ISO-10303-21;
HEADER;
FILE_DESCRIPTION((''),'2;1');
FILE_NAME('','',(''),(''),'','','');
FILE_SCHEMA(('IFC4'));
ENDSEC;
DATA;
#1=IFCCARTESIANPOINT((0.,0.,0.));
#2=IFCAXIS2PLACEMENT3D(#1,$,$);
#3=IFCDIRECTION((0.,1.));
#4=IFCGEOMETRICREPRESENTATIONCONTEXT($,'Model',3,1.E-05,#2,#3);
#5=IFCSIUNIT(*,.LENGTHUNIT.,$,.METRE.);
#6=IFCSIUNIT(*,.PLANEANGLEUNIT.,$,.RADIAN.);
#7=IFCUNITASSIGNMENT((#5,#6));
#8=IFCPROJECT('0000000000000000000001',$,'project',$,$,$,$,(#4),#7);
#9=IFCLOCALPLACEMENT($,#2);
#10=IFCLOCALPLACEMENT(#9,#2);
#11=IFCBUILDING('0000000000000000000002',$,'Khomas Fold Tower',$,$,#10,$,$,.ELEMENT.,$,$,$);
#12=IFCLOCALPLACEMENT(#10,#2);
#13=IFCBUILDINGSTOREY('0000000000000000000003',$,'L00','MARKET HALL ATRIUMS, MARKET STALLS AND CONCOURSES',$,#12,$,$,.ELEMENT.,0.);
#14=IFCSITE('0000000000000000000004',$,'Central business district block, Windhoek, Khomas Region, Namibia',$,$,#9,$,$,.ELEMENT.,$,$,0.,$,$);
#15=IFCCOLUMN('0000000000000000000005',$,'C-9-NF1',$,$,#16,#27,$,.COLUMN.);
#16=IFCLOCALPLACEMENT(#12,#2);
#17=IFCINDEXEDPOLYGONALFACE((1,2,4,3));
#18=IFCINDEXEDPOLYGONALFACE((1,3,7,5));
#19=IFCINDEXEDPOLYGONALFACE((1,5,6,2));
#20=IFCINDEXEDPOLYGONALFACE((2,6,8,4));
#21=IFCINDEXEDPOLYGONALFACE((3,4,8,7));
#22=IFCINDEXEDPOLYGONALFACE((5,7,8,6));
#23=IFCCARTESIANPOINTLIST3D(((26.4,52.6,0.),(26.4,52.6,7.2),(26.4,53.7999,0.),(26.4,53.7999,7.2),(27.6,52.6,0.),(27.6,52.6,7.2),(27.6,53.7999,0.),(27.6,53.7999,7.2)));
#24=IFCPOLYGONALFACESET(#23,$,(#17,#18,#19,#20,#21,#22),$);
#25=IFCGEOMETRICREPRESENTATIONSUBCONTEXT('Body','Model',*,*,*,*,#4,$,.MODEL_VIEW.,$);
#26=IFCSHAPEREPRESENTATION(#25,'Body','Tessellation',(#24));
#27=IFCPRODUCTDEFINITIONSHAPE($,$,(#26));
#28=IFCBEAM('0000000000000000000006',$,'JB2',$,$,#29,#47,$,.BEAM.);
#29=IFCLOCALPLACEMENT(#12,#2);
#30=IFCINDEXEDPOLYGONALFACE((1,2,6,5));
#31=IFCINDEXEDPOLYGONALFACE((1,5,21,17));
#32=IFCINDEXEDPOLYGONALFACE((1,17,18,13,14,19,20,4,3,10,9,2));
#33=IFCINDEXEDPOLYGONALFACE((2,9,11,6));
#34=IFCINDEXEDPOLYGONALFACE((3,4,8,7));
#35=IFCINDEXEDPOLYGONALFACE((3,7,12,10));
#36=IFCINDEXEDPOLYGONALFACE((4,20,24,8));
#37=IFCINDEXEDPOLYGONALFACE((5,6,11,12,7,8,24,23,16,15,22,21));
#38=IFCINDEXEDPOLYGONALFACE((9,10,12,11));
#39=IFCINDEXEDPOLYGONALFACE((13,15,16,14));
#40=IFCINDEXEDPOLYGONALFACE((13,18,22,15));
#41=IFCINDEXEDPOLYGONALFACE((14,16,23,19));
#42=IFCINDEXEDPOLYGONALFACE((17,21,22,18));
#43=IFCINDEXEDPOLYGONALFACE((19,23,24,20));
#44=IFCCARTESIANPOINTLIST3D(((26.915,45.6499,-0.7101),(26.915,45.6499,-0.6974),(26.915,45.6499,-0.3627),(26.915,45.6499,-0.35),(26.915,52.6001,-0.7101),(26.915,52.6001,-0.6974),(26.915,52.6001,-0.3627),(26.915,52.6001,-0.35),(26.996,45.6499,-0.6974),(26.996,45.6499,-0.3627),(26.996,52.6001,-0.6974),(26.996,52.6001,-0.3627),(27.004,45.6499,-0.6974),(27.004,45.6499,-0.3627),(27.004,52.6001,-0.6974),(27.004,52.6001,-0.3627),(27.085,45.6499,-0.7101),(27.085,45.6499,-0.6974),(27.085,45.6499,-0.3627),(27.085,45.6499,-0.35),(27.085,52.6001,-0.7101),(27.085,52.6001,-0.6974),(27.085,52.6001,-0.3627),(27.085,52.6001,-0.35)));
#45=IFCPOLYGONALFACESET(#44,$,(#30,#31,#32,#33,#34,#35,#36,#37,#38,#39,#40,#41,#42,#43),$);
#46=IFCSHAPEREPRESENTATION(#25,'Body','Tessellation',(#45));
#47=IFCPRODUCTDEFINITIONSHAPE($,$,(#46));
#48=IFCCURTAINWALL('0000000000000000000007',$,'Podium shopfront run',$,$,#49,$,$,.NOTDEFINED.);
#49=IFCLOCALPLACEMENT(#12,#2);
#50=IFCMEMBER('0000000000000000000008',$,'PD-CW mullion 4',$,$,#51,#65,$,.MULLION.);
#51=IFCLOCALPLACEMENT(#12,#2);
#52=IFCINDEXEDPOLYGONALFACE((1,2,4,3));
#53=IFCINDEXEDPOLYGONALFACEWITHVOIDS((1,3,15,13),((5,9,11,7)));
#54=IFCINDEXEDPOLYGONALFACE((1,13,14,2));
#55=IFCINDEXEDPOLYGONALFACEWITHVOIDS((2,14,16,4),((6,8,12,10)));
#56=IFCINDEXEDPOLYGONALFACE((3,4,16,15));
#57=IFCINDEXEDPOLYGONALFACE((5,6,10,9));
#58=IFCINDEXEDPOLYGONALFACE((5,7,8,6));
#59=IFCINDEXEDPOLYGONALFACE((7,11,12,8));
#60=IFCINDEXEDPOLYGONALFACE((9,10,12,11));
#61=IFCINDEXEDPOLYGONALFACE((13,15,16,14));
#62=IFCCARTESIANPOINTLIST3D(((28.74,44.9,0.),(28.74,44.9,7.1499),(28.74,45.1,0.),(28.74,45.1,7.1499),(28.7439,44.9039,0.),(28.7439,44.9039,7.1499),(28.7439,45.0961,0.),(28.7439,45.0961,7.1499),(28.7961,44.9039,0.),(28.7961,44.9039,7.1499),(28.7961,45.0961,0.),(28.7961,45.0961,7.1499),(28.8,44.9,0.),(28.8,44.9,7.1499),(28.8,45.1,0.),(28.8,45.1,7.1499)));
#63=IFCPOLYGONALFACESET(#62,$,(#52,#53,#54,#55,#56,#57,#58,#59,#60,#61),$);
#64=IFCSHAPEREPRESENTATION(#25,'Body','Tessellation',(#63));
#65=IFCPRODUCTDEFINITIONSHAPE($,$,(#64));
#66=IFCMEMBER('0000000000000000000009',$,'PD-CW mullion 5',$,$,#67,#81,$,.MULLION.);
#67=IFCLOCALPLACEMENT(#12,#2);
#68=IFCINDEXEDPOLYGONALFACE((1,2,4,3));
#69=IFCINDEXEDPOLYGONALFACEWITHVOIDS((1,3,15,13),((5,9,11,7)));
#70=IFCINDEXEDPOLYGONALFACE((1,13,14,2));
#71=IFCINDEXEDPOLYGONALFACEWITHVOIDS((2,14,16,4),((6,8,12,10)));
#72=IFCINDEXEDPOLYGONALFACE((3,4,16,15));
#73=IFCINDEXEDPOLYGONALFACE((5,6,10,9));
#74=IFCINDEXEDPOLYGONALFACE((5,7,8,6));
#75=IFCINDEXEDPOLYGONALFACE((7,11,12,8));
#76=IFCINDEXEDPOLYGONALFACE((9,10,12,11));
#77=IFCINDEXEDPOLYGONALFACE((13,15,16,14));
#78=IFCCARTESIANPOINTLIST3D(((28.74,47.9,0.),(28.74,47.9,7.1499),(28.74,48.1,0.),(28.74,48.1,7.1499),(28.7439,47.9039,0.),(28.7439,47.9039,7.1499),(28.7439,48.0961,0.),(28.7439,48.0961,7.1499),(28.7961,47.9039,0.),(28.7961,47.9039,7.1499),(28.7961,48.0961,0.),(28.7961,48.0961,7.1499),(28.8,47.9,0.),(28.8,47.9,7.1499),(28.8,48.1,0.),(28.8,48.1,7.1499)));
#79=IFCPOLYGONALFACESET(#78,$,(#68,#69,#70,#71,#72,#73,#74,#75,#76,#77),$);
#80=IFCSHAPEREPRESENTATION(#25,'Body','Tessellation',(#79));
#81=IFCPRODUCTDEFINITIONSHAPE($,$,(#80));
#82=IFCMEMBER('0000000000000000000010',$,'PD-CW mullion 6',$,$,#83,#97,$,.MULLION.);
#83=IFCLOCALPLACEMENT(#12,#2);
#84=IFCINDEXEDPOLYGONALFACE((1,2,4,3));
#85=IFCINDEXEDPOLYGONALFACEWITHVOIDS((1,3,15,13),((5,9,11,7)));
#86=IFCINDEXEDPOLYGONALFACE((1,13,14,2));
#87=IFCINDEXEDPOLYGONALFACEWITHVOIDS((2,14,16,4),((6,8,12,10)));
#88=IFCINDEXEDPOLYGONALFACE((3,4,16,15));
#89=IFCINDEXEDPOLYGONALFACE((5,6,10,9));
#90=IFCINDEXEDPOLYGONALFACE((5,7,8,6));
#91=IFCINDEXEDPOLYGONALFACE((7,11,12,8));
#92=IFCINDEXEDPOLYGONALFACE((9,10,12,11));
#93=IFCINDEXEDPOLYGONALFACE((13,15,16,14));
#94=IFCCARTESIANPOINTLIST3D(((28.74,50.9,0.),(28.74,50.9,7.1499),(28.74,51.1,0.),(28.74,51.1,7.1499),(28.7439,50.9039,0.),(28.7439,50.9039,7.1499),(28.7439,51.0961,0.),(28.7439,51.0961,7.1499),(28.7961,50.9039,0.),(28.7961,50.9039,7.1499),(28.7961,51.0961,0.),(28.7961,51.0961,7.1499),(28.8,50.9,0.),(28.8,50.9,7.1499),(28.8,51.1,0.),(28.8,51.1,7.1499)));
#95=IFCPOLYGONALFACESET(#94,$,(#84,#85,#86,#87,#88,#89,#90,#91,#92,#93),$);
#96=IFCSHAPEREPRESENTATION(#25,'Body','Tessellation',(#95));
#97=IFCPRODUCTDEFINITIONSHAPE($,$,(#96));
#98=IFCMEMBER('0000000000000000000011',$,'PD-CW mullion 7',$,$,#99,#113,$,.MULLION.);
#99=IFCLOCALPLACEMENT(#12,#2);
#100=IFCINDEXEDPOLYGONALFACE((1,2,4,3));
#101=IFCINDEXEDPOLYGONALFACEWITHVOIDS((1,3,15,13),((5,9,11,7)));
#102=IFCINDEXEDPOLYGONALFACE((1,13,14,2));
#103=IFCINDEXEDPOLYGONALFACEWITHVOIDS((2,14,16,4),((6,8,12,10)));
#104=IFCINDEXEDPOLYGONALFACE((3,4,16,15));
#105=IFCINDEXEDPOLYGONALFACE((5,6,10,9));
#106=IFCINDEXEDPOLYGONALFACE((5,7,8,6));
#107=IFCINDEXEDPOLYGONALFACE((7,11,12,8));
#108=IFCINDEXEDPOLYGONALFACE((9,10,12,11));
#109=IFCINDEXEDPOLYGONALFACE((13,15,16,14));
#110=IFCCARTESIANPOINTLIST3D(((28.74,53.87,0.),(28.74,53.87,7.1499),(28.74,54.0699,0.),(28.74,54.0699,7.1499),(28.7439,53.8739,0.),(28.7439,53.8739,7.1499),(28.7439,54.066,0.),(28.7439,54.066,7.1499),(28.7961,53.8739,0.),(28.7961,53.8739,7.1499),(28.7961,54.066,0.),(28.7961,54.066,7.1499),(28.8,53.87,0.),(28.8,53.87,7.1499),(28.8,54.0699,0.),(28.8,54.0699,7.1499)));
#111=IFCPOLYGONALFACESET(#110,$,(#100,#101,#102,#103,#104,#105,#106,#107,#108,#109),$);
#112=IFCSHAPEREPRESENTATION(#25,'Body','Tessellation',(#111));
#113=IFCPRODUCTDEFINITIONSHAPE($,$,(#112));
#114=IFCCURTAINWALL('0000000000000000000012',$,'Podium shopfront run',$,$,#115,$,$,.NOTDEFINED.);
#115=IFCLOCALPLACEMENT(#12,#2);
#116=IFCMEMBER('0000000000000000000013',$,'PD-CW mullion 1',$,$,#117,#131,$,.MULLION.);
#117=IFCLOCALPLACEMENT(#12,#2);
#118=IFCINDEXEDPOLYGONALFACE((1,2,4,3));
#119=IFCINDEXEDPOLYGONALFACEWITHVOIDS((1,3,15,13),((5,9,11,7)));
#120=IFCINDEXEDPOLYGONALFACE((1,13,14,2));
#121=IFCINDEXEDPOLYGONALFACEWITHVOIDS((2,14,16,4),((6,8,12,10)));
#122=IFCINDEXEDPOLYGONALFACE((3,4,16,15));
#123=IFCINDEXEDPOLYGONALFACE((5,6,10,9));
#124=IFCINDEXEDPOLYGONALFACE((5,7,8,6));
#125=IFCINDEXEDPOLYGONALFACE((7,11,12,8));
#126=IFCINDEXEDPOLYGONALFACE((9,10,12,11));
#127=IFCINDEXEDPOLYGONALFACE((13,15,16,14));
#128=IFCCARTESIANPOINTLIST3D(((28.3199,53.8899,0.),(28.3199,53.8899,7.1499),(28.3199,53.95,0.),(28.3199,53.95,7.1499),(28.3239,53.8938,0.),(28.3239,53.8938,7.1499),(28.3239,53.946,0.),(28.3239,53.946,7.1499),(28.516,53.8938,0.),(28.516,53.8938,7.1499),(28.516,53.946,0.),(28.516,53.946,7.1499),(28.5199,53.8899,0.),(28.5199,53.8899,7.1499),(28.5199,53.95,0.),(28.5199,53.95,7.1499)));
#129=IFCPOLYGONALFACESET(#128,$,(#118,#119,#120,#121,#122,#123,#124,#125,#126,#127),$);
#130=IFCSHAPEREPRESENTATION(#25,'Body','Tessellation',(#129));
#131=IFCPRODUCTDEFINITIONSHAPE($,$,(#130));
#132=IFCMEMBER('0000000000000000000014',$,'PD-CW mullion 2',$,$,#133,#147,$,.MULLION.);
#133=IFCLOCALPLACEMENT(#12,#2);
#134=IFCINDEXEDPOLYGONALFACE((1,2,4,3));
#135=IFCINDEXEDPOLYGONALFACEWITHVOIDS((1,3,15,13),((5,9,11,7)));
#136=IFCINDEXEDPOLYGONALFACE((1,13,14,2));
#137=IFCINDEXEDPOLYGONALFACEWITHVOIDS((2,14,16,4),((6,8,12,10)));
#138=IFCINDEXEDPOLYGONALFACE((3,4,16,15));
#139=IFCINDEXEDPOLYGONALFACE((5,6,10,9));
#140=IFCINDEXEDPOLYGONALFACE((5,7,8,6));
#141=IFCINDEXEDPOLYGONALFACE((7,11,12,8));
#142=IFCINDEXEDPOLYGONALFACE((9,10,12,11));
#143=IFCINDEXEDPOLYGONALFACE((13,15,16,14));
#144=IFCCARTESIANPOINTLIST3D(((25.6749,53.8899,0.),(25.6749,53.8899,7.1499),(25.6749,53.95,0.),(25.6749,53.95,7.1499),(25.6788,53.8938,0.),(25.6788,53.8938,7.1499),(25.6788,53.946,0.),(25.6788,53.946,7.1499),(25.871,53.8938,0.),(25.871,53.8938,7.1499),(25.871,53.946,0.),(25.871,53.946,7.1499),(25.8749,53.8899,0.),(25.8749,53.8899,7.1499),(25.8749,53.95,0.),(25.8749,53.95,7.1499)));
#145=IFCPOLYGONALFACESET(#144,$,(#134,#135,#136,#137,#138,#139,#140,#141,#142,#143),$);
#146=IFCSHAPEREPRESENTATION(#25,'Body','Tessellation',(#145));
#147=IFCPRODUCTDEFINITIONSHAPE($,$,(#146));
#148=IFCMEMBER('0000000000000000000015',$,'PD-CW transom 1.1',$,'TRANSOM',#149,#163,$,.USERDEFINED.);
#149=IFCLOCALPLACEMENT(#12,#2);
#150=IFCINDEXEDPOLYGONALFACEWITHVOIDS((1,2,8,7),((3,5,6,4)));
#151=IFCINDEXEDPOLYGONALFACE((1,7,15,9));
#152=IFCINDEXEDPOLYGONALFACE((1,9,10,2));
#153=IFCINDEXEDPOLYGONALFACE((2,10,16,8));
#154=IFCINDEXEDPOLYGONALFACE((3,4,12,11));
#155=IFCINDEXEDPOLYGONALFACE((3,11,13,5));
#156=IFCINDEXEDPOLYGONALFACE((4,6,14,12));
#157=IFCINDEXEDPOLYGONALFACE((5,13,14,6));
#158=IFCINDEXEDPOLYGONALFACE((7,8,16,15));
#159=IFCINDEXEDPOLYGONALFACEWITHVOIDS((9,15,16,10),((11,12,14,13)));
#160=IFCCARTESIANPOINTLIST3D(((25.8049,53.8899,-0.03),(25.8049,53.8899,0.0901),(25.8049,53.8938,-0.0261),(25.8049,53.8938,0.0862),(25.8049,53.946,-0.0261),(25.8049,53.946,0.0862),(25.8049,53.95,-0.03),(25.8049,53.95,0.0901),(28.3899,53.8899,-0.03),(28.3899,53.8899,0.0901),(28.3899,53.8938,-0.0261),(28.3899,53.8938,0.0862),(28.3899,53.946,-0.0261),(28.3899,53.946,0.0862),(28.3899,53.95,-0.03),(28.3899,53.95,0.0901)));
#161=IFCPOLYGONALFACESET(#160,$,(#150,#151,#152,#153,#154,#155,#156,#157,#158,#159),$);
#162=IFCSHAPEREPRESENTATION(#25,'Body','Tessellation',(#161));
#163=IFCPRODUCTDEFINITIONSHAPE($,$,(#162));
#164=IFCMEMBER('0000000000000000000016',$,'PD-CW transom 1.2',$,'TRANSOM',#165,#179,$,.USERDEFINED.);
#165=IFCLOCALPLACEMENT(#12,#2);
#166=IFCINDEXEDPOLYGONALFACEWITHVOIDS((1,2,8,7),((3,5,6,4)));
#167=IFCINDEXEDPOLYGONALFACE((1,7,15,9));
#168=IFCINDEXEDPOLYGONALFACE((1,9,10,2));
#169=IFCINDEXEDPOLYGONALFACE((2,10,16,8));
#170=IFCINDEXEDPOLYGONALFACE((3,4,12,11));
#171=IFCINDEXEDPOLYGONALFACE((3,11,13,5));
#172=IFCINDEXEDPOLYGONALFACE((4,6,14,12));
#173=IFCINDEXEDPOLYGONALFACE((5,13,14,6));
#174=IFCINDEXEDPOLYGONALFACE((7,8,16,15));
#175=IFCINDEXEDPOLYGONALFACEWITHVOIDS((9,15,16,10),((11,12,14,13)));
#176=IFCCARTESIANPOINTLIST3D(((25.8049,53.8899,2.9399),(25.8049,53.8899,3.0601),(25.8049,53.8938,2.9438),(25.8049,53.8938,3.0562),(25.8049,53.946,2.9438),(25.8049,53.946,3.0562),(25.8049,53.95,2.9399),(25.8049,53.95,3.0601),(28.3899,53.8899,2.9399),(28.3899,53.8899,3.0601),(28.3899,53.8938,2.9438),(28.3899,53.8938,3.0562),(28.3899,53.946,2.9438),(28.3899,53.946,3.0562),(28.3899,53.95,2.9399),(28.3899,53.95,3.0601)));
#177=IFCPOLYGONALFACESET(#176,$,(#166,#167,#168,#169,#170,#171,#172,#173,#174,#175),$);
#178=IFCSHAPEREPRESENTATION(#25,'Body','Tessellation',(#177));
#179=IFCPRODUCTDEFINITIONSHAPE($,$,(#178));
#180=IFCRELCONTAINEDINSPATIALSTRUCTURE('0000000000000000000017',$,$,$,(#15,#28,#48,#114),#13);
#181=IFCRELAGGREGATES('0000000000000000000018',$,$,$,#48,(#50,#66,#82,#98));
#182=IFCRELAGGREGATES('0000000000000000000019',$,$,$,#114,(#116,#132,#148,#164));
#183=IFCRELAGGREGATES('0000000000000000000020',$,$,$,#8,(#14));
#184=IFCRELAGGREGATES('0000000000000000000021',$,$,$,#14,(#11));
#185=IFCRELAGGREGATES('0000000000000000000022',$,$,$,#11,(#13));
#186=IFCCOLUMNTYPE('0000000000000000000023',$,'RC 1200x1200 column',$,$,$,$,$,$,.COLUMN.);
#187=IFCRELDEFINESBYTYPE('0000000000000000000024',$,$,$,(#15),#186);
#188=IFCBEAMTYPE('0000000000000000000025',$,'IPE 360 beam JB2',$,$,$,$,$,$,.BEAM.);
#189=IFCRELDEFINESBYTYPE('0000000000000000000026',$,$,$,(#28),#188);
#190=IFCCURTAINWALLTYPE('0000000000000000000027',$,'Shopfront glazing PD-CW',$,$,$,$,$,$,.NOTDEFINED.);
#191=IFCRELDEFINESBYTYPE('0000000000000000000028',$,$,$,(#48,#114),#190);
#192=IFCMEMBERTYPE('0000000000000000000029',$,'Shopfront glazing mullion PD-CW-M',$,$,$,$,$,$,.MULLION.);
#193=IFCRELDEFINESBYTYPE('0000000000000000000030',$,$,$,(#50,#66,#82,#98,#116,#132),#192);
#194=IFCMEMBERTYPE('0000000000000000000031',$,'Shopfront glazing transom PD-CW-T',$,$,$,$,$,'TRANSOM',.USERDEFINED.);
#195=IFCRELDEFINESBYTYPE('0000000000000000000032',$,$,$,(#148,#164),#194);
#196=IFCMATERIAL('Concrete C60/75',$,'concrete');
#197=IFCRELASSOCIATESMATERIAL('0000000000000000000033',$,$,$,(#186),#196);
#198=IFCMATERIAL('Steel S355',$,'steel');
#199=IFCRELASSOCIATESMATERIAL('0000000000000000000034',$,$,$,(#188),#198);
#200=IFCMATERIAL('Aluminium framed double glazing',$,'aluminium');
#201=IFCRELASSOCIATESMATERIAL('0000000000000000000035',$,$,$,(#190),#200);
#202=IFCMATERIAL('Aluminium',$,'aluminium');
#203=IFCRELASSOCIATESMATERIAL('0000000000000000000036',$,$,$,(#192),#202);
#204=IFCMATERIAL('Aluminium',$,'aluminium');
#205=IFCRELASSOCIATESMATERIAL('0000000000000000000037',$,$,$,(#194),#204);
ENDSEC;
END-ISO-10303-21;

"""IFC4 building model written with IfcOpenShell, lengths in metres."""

from ifc_helpers import new_model, si_unit, direction, frame, origin, origin_2d, place, context, subcontext, project, spatial, rectangle, hollow_rectangle, i_section, extrude, source, transform, mapped, material, material_profile, profile_set, type_object, element, aggregate, save


model = new_model("IFC4")

# Units and contexts
model_context = context("Model", 3, precision=1e-05, world=origin(), true_north=direction((0.0, 1.0)))
body_context = subcontext(model_context, "Body", "Model", "MODEL_VIEW")
ifc_project = project(units=[si_unit("LENGTHUNIT", "METRE"), si_unit("PLANEANGLEUNIT", "RADIAN")], contexts=[model_context])

# Site, building, storey
site_placement = place(None, origin())
site = spatial("IfcSite", under=ifc_project, at=site_placement, Name="Central business district block, Windhoek, Khomas Region, Namibia", CompositionType="ELEMENT", RefElevation=0.0)
building_placement = place(site_placement, origin())
building = spatial("IfcBuilding", under=site, at=building_placement, Name="Khomas Fold Tower", CompositionType="ELEMENT")
storey_placement = place(building_placement, origin())
storey = spatial("IfcBuildingStorey", under=building, at=storey_placement, Name="L00", Description="MARKET HALL ATRIUMS, MARKET STALLS AND CONCOURSES", CompositionType="ELEMENT", Elevation=0.0)

# Column
ifc_material_1 = material(Name="Concrete C60/75", Category="concrete")
ifc_material_profile_1 = material_profile(ifc_material_1, rectangle(XDim=1.2, YDim=1.2, at=origin_2d()), Name="RC 1200x1200")
ifc_profile_set_1 = profile_set([ifc_material_profile_1], Name="Concrete C60/75")
column_type = type_object("IfcColumnType", Name="RC 1200x1200 column", PredefinedType="COLUMN", material=ifc_profile_set_1)
shared_shape_1 = source(origin(), body_context, "Body", "SweptSolid", [
    extrude(rectangle(XDim=1.2, YDim=1.2, at=origin_2d()), origin(), (0.0, 0.0, 1.0), 7.2),
])
column_placement = place(storey_placement, frame((27.0, 53.2, 0.0), z_axis=(0.0, 0.0, 1.0), x_axis=(1.0, 0.0, 0.0)))
element("IfcColumn", 1, at=column_placement, inside=storey, type_object=column_type, Name="C-9-NF1", PredefinedType="COLUMN", context=body_context, shape_type="MappedRepresentation", body=[
    mapped(shared_shape_1, transform((0.0, 0.0, 0.0))),
])

# Beam
ifc_material_2 = material(Name="Steel S355", Category="steel")
ifc_material_profile_2 = material_profile(ifc_material_2, i_section(OverallWidth=0.1699, OverallDepth=0.3601, WebThickness=0.0081, FlangeThickness=0.0127, at=origin_2d()), Name="IPE 360")
ifc_profile_set_2 = profile_set([ifc_material_profile_2], Name="Steel S355")
beam_type = type_object("IfcBeamType", Name="IPE 360 beam JB2", PredefinedType="BEAM", material=ifc_profile_set_2)
shared_shape_2 = source(origin(), body_context, "Body", "SweptSolid", [
    extrude(i_section(OverallWidth=0.1699, OverallDepth=0.3601, WebThickness=0.0081, FlangeThickness=0.0127, at=origin_2d()), origin(), (0.0, 0.0, 1.0), 6.9502),
])
beam_placement = place(storey_placement, frame((27.0, 45.6499, -0.53), z_axis=(0.0, 1.0, 0.0), x_axis=(-1.0, 0.0, 0.0)))
element("IfcBeam", 2, at=beam_placement, inside=storey, type_object=beam_type, Name="JB2", PredefinedType="BEAM", context=body_context, shape_type="MappedRepresentation", body=[
    mapped(shared_shape_2, transform((0.0, 0.0, 0.0))),
])

# Curtain wall, members
ifc_material_3 = material(Name="Aluminium framed double glazing", Category="aluminium")
curtain_wall_type = type_object("IfcCurtainWallType", Name="Shopfront glazing PD-CW", PredefinedType="NOTDEFINED", material=ifc_material_3)
curtain_wall_1_placement = place(storey_placement, origin())
curtain_wall_1 = element("IfcCurtainWall", 3, at=curtain_wall_1_placement, inside=storey, type_object=curtain_wall_type, Name="Podium shopfront run", PredefinedType="NOTDEFINED")
ifc_material_4 = material(Name="Aluminium", Category="aluminium")
ifc_material_profile_3 = material_profile(ifc_material_4, hollow_rectangle(XDim=0.0601, YDim=0.2, WallThickness=0.0039, at=origin_2d()), Name="Shopfront glazing mullion PD-CW-M")
ifc_profile_set_3 = profile_set([ifc_material_profile_3], Name="Aluminium")
member_type_1 = type_object("IfcMemberType", Name="Shopfront glazing mullion PD-CW-M", PredefinedType="MULLION", material=ifc_profile_set_3)
shared_shape_3 = source(origin(), body_context, "Body", "SweptSolid", [
    extrude(hollow_rectangle(XDim=0.0601, YDim=0.2, WallThickness=0.0039, at=origin_2d()), origin(), (0.0, 0.0, 1.0), 7.1499),
])
member_1_placement = place(storey_placement, frame((28.77, 45.0, 0.0), z_axis=(0.0, 0.0, 1.0), x_axis=(-1.0, 0.0, 0.0)))
member_1 = element("IfcMember", 4, at=member_1_placement, type_object=member_type_1, Name="PD-CW mullion 4", PredefinedType="MULLION", context=body_context, shape_type="MappedRepresentation", body=[
    mapped(shared_shape_3, transform((0.0, 0.0, 0.0))),
])
member_2_placement = place(storey_placement, frame((28.77, 48.0, 0.0), z_axis=(0.0, 0.0, 1.0), x_axis=(-1.0, 0.0, 0.0)))
member_2 = element("IfcMember", 5, at=member_2_placement, type_object=member_type_1, Name="PD-CW mullion 5", PredefinedType="MULLION", context=body_context, shape_type="MappedRepresentation", body=[
    mapped(shared_shape_3, transform((0.0, 0.0, 0.0))),
])
member_3_placement = place(storey_placement, frame((28.77, 51.0, 0.0), z_axis=(0.0, 0.0, 1.0), x_axis=(-1.0, 0.0, 0.0)))
member_3 = element("IfcMember", 6, at=member_3_placement, type_object=member_type_1, Name="PD-CW mullion 6", PredefinedType="MULLION", context=body_context, shape_type="MappedRepresentation", body=[
    mapped(shared_shape_3, transform((0.0, 0.0, 0.0))),
])
member_4_placement = place(storey_placement, frame((28.77, 53.97, 0.0), z_axis=(0.0, 0.0, 1.0), x_axis=(-1.0, 0.0, 0.0)))
member_4 = element("IfcMember", 7, at=member_4_placement, type_object=member_type_1, Name="PD-CW mullion 7", PredefinedType="MULLION", context=body_context, shape_type="MappedRepresentation", body=[
    mapped(shared_shape_3, transform((0.0, 0.0, 0.0))),
])
aggregate(curtain_wall_1, [member_1, member_2, member_3, member_4])

# Curtain wall, members
curtain_wall_2_placement = place(storey_placement, origin())
curtain_wall_2 = element("IfcCurtainWall", 8, at=curtain_wall_2_placement, inside=storey, type_object=curtain_wall_type, Name="Podium shopfront run", PredefinedType="NOTDEFINED")
member_5_placement = place(storey_placement, frame((28.4199, 53.9199, 0.0), z_axis=(0.0, 0.0, 1.0), x_axis=(0.0, -1.0, 0.0)))
member_5 = element("IfcMember", 9, at=member_5_placement, type_object=member_type_1, Name="PD-CW mullion 1", PredefinedType="MULLION", context=body_context, shape_type="MappedRepresentation", body=[
    mapped(shared_shape_3, transform((0.0, 0.0, 0.0))),
])
member_6_placement = place(storey_placement, frame((25.7749, 53.9199, 0.0), z_axis=(0.0, 0.0, 1.0), x_axis=(0.0, -1.0, 0.0)))
member_6 = element("IfcMember", 10, at=member_6_placement, type_object=member_type_1, Name="PD-CW mullion 2", PredefinedType="MULLION", context=body_context, shape_type="MappedRepresentation", body=[
    mapped(shared_shape_3, transform((0.0, 0.0, 0.0))),
])
ifc_material_5 = material(Name="Aluminium", Category="aluminium")
ifc_material_profile_4 = material_profile(ifc_material_5, hollow_rectangle(XDim=0.0601, YDim=0.1201, WallThickness=0.0039, at=origin_2d()), Name="Shopfront glazing transom PD-CW-T")
ifc_profile_set_4 = profile_set([ifc_material_profile_4], Name="Aluminium")
member_type_2 = type_object("IfcMemberType", Name="Shopfront glazing transom PD-CW-T", ElementType="TRANSOM", PredefinedType="USERDEFINED", material=ifc_profile_set_4)
shared_shape_4 = source(origin(), body_context, "Body", "SweptSolid", [
    extrude(hollow_rectangle(XDim=0.0601, YDim=0.1201, WallThickness=0.0039, at=origin_2d()), origin(), (0.0, 0.0, 1.0), 2.585),
])
member_7_placement = place(storey_placement, frame((28.3899, 53.9199, 0.03), z_axis=(-1.0, 0.0, 0.0), x_axis=(0.0, -1.0, 0.0)))
member_7 = element("IfcMember", 11, at=member_7_placement, type_object=member_type_2, Name="PD-CW transom 1.1", ObjectType="TRANSOM", PredefinedType="USERDEFINED", context=body_context, shape_type="MappedRepresentation", body=[
    mapped(shared_shape_4, transform((0.0, 0.0, 0.0))),
])
member_8_placement = place(storey_placement, frame((28.3899, 53.9199, 3.0), z_axis=(-1.0, 0.0, 0.0), x_axis=(0.0, -1.0, 0.0)))
member_8 = element("IfcMember", 12, at=member_8_placement, type_object=member_type_2, Name="PD-CW transom 1.2", ObjectType="TRANSOM", PredefinedType="USERDEFINED", context=body_context, shape_type="MappedRepresentation", body=[
    mapped(shared_shape_4, transform((0.0, 0.0, 0.0))),
])
aggregate(curtain_wall_2, [member_5, member_6, member_7, member_8])

save(model, "model.ifc")
